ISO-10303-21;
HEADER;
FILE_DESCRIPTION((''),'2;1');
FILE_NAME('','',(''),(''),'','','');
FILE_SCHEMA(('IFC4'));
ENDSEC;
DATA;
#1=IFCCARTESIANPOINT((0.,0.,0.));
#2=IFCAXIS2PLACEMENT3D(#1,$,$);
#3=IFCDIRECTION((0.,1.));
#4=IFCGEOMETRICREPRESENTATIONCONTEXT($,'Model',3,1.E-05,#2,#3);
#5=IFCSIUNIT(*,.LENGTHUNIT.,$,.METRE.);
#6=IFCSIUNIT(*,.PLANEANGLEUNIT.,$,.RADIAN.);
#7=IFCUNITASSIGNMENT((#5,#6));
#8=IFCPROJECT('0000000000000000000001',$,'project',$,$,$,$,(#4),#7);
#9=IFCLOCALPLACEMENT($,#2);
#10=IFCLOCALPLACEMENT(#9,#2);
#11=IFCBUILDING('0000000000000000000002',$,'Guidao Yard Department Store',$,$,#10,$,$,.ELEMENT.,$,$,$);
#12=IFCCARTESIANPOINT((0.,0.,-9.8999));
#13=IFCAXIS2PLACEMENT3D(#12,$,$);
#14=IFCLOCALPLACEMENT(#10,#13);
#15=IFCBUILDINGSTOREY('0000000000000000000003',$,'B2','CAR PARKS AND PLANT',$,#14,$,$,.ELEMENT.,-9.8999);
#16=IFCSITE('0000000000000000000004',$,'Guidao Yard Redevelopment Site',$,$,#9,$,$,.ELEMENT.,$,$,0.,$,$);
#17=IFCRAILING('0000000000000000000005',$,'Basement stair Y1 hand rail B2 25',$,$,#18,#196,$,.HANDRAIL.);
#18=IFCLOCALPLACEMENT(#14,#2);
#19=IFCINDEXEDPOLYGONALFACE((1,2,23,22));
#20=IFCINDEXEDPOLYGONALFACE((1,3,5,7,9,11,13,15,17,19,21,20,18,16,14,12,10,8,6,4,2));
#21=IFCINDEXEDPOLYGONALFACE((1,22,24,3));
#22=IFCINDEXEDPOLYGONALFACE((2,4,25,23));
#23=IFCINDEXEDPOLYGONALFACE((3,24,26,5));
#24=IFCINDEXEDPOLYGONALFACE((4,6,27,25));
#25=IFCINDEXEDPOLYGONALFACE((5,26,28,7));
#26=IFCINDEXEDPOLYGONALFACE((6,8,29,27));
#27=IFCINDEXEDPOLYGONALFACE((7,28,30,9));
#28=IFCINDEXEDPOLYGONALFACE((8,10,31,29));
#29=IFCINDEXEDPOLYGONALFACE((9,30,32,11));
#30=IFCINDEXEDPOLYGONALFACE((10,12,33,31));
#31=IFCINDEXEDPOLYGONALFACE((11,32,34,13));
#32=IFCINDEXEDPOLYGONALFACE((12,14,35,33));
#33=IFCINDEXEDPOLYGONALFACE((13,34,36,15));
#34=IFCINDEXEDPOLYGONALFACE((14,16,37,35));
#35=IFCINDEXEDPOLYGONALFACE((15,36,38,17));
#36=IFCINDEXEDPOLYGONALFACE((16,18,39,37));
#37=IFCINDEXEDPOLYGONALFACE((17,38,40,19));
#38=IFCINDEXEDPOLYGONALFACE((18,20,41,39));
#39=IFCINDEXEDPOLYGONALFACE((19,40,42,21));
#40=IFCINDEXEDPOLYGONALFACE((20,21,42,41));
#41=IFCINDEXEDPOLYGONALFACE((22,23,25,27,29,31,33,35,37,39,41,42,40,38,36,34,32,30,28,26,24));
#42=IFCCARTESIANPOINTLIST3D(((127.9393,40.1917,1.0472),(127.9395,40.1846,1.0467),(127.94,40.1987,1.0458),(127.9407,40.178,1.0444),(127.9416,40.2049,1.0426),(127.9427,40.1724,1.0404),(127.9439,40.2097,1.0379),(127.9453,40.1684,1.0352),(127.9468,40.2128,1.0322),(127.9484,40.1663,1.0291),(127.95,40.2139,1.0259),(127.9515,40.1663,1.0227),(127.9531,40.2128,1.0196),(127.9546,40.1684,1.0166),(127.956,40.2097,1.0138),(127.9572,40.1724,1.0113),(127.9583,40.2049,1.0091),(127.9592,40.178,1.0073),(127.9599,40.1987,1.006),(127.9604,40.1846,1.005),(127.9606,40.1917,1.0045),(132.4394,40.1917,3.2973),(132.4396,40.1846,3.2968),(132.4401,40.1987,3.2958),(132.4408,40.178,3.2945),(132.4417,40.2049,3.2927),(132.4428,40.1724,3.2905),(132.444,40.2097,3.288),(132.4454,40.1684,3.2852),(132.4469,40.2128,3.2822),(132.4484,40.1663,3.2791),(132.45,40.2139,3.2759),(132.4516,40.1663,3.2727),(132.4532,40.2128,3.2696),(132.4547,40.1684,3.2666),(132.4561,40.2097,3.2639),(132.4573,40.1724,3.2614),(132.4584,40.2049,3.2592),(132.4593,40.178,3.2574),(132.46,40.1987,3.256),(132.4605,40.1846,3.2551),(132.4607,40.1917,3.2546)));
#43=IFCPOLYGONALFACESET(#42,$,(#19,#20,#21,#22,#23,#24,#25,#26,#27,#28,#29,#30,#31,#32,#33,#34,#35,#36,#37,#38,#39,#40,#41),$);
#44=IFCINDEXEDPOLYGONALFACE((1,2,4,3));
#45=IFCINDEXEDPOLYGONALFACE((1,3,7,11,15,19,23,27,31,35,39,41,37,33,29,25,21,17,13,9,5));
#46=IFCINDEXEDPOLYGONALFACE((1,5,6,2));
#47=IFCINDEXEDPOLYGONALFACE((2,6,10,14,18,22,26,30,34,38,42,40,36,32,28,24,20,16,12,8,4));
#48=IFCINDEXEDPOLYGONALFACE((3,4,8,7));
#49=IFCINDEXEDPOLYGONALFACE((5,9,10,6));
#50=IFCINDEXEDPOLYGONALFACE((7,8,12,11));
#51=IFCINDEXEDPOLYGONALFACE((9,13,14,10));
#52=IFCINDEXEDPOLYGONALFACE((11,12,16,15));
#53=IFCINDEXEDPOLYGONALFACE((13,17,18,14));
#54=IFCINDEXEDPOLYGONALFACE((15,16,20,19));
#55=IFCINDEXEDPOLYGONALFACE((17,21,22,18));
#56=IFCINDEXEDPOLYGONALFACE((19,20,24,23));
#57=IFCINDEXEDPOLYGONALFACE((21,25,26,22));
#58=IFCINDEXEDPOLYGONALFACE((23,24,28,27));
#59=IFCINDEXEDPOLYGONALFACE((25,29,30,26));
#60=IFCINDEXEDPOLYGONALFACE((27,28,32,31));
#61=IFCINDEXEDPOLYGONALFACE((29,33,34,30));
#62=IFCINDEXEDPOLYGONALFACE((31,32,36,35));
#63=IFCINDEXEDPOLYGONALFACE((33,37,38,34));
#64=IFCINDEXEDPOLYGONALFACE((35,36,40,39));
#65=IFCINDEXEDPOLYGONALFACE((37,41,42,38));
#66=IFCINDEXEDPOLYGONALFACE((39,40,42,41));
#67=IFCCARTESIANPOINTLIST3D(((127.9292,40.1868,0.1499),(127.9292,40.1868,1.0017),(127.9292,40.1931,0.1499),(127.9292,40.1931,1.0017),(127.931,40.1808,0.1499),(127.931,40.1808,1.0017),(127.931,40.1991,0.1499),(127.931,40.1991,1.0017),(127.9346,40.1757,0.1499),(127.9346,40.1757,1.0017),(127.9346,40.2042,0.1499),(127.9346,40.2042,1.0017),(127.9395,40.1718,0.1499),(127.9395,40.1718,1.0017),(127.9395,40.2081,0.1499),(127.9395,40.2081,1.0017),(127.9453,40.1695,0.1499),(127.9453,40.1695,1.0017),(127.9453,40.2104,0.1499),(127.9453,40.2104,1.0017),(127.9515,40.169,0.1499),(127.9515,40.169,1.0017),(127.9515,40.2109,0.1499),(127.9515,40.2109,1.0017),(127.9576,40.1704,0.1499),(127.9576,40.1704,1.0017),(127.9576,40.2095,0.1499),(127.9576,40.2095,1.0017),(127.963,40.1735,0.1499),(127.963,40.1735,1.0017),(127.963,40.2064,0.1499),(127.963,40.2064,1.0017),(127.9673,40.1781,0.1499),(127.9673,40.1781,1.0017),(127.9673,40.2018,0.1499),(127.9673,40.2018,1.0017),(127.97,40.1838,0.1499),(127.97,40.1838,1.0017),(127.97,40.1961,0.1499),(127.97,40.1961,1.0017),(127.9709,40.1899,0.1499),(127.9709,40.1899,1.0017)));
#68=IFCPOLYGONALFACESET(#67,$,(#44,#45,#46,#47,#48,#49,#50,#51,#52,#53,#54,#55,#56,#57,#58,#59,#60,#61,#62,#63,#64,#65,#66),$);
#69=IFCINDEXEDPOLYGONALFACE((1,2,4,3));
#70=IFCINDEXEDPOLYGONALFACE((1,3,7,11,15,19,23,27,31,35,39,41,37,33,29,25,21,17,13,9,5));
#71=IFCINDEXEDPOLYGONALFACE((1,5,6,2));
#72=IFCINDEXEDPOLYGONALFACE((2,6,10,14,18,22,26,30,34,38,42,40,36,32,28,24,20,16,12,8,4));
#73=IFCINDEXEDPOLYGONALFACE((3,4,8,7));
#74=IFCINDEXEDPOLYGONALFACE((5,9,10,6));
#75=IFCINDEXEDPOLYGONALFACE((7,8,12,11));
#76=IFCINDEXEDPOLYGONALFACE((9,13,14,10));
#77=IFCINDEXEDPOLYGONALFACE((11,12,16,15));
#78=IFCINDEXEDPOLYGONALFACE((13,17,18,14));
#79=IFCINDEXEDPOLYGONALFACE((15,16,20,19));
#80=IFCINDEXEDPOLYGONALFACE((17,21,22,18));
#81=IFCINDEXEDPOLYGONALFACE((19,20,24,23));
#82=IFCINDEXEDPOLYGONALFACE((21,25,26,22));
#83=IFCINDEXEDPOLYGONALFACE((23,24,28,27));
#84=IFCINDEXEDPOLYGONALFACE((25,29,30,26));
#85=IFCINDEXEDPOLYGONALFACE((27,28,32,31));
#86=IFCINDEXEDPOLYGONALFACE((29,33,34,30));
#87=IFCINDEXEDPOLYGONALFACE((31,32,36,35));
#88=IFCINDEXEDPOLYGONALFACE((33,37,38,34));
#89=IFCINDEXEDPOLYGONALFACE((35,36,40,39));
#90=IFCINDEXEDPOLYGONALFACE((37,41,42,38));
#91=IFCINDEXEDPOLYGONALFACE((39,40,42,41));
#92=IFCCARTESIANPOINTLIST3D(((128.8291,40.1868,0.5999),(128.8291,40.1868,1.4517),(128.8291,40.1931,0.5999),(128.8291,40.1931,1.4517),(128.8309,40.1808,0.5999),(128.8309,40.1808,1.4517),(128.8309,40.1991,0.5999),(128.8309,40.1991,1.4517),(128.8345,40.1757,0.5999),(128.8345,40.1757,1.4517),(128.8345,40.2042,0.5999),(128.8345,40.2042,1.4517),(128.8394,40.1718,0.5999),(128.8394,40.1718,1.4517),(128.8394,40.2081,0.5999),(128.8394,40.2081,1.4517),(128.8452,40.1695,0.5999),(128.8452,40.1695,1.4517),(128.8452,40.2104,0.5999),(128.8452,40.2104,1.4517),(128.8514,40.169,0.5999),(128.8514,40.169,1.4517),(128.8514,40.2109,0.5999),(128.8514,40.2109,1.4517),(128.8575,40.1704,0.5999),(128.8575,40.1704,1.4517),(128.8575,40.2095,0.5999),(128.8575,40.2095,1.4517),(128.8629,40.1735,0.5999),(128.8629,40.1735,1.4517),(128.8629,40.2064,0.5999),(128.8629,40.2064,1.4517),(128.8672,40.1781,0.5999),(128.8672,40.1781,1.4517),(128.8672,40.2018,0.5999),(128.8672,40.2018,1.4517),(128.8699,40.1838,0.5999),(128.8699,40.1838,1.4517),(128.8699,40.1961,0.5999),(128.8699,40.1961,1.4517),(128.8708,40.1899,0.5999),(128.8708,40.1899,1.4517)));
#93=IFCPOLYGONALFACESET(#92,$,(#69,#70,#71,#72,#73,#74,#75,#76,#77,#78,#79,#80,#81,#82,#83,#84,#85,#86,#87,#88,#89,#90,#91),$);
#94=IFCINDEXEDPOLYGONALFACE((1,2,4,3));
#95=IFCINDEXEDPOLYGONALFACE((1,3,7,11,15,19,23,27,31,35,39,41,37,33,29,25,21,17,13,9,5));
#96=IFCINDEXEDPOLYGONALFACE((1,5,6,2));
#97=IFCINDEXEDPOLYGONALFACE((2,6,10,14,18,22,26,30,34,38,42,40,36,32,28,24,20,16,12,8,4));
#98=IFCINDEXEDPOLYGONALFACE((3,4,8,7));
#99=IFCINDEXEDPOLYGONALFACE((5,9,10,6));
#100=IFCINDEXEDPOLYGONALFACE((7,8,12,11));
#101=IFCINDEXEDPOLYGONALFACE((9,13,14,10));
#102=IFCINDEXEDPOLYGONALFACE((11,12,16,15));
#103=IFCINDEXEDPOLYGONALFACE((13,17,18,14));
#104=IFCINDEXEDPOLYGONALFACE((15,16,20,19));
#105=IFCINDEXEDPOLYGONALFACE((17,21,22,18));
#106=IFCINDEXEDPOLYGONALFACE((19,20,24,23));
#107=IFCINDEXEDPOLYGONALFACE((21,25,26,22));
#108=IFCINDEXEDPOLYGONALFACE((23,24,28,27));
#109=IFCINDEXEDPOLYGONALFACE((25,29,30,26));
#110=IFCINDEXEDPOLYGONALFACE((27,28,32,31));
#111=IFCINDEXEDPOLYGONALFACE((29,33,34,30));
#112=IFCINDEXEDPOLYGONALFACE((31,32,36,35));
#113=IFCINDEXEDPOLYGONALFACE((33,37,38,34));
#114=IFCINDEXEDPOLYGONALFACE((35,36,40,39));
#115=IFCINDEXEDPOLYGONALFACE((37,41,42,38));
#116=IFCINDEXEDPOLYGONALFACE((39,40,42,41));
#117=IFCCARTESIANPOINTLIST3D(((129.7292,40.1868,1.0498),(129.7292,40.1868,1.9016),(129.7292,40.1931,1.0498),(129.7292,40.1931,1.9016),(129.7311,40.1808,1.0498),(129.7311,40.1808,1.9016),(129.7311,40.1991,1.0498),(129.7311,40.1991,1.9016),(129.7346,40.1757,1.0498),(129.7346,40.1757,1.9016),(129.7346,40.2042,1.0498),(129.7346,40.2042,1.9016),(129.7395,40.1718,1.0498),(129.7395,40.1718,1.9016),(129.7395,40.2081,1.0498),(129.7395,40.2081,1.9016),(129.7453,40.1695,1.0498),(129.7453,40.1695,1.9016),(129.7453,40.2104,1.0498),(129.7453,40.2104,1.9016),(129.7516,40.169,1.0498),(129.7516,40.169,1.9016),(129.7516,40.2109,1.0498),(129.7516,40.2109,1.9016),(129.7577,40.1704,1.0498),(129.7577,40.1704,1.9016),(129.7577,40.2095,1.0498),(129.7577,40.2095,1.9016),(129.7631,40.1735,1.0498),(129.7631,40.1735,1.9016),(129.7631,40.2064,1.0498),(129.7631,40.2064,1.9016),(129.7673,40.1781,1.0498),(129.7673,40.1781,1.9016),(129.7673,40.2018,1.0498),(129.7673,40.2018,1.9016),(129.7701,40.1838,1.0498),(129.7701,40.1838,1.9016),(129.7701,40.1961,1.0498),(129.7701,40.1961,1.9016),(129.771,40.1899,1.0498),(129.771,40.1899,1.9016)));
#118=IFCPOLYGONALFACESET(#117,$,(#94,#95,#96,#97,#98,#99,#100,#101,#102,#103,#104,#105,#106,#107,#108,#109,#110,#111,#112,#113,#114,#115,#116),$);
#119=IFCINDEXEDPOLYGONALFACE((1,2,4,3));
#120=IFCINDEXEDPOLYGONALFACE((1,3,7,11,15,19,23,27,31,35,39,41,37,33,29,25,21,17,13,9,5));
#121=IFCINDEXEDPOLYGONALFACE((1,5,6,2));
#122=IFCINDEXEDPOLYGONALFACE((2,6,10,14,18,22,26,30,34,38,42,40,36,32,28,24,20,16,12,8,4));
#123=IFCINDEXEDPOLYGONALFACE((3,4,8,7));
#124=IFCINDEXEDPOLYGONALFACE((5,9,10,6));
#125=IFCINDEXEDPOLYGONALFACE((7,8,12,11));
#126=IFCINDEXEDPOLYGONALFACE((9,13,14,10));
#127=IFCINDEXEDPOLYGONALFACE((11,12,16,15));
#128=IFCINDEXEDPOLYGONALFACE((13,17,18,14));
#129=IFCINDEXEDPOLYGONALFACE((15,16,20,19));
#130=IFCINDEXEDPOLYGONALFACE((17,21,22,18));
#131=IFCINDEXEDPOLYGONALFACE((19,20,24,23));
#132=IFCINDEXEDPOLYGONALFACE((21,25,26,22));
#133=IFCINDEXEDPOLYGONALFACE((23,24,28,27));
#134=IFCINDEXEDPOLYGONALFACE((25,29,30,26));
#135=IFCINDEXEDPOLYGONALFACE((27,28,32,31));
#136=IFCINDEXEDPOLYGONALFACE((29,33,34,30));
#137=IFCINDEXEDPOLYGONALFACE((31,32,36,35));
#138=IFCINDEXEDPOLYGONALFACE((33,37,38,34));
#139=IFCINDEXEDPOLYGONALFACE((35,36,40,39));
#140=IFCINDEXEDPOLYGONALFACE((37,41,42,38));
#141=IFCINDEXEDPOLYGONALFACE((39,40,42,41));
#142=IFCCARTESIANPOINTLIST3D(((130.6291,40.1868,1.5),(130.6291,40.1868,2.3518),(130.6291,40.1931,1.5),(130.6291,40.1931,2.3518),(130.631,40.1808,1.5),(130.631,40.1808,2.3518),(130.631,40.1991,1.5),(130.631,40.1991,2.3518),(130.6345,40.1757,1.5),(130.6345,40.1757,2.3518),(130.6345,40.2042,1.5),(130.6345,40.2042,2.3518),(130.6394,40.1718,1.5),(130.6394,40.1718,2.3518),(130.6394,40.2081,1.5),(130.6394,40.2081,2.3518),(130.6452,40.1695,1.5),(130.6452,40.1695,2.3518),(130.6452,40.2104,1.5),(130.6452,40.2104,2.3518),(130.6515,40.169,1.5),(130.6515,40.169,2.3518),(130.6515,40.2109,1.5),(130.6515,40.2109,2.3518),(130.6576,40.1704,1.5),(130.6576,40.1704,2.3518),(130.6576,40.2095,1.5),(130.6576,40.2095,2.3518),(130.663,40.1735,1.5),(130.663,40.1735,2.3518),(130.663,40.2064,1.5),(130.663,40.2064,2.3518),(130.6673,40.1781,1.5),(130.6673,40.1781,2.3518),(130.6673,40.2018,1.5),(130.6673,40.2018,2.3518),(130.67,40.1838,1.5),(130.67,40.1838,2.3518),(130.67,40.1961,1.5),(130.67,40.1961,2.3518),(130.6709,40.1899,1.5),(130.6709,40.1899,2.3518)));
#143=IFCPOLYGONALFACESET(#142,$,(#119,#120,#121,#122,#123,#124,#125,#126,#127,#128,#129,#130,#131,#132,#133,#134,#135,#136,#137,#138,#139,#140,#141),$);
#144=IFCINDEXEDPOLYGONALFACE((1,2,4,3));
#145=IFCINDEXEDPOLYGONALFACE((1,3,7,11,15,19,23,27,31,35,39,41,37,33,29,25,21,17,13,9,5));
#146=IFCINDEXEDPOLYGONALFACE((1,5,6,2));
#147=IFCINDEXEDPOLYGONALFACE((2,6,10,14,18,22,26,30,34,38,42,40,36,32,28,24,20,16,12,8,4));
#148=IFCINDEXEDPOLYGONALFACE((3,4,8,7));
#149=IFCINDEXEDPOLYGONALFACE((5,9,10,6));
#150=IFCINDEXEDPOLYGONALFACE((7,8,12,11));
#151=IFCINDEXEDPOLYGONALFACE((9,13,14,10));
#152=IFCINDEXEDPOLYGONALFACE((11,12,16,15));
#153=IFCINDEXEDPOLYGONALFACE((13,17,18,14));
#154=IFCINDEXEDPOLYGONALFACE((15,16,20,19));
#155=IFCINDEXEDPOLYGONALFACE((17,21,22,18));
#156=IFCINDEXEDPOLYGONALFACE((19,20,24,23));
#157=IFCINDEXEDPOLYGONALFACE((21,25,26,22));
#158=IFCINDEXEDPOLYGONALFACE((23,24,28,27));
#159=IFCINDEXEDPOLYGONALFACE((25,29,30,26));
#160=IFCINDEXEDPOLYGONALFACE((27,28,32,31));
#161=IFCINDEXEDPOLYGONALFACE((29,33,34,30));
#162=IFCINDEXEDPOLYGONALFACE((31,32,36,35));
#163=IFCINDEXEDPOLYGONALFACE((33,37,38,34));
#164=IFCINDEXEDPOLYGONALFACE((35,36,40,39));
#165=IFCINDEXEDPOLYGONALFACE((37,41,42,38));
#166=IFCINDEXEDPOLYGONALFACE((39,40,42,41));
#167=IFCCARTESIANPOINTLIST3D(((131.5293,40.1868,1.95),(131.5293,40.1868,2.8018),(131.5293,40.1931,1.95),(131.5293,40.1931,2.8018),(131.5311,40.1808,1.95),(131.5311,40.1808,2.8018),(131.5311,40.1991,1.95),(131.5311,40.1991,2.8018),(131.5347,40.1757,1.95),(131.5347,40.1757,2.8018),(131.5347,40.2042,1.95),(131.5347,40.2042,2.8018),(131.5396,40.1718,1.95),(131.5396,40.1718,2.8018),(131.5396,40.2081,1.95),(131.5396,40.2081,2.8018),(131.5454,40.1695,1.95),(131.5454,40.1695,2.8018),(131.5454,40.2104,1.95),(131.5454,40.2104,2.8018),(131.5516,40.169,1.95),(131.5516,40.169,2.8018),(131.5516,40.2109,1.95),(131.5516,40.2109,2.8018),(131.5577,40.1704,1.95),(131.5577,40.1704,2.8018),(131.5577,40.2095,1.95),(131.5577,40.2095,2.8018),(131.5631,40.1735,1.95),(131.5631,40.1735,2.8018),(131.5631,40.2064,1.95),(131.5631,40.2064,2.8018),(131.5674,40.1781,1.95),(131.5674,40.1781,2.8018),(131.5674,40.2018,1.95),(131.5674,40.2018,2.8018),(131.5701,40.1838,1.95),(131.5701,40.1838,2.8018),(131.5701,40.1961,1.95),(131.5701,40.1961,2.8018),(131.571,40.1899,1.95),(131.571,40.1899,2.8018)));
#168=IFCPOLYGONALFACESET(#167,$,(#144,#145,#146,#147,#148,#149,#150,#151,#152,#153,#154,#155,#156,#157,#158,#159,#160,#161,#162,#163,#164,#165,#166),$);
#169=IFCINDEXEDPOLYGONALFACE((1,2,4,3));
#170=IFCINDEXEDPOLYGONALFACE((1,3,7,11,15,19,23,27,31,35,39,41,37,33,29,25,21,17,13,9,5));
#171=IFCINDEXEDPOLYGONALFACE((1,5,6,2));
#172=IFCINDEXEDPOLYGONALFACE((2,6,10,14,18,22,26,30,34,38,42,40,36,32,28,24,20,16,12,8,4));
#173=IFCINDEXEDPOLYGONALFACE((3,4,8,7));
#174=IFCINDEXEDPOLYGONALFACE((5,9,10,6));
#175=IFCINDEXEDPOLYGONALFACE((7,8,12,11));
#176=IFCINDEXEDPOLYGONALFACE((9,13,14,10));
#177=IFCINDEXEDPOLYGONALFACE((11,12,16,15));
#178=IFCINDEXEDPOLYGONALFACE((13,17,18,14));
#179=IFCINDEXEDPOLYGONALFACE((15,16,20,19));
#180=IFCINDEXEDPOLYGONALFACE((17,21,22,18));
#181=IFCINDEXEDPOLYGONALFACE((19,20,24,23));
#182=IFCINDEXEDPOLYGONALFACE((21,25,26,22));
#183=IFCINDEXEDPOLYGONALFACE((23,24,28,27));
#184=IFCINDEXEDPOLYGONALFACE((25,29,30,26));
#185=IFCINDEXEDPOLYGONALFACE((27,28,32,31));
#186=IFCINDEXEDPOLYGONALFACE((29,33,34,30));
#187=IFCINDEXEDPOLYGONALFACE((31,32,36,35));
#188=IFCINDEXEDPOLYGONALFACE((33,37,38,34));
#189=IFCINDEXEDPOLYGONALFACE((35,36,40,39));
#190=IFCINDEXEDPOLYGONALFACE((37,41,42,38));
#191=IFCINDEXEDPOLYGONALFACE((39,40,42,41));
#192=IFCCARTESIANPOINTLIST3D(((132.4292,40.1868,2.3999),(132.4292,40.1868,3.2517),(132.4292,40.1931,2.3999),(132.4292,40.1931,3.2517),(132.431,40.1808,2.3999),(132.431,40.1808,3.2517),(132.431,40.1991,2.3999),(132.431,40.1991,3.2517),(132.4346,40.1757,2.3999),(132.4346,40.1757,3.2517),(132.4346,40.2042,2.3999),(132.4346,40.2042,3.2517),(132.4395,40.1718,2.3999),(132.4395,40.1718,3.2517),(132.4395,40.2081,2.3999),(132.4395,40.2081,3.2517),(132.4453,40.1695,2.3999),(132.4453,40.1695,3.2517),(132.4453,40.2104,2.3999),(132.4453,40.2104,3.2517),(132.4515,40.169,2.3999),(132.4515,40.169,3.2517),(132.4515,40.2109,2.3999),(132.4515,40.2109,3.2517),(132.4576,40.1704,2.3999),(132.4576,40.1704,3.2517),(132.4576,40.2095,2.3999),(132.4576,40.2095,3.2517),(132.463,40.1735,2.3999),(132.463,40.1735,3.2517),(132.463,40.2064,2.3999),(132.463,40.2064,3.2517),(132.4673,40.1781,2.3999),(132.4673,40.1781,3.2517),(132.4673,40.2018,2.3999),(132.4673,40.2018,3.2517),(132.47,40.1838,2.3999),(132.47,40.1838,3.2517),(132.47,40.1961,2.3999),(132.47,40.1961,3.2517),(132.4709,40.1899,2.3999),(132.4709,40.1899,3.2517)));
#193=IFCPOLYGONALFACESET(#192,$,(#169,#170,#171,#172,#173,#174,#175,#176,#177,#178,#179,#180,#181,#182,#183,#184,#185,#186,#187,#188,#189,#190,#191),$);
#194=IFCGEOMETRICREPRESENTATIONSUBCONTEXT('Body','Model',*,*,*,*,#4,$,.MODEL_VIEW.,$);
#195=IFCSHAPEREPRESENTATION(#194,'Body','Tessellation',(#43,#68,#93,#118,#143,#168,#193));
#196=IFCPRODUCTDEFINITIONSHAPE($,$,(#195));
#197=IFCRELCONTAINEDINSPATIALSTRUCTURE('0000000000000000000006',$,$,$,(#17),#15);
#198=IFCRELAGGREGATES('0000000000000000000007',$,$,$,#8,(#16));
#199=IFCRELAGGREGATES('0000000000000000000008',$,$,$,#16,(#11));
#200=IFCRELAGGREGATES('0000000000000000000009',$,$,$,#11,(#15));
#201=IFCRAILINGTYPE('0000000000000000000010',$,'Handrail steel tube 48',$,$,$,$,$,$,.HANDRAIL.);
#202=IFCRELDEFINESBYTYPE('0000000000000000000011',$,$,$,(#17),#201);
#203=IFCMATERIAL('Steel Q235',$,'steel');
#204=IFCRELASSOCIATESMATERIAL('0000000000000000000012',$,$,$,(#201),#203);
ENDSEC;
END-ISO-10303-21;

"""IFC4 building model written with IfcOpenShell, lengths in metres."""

from ifc_helpers import new_model, si_unit, direction, frame, origin, origin_2d, place, context, subcontext, project, spatial, circle, extrude, material, type_object, element, save


model = new_model("IFC4")

# Units and contexts
model_context = context("Model", 3, precision=1e-05, world=origin(), true_north=direction((0.0, 1.0)))
body_context = subcontext(model_context, "Body", "Model", "MODEL_VIEW")
ifc_project = project(units=[si_unit("LENGTHUNIT", "METRE"), si_unit("PLANEANGLEUNIT", "RADIAN")], contexts=[model_context])

# Site, building, storey
site_placement = place(None, origin())
site = spatial("IfcSite", under=ifc_project, at=site_placement, Name="Guidao Yard Redevelopment Site", CompositionType="ELEMENT", RefElevation=0.0)
building_placement = place(site_placement, origin())
building = spatial("IfcBuilding", under=site, at=building_placement, Name="Guidao Yard Department Store", CompositionType="ELEMENT")
storey_placement = place(building_placement, frame((0.0, 0.0, -9.8999)))
storey = spatial("IfcBuildingStorey", under=building, at=storey_placement, Name="B2", Description="CAR PARKS AND PLANT", CompositionType="ELEMENT", Elevation=-9.8999)

# Railing
ifc_material_1 = material(Name="Steel Q235", Category="steel")
railing_type_1 = type_object("IfcRailingType", Name="Handrail steel tube 48", PredefinedType="HANDRAIL", material=ifc_material_1)
for number, where, name in (
    (1, (127.95, 40.1899, 0.1499), "Basement stair Y1 hand rail B2 25"),
):
    element("IfcRailing", number, at=place(storey_placement, frame(where)), inside=storey, type_object=railing_type_1, Name=name, PredefinedType="HANDRAIL", context=body_context, shape_type="SweptSolid", body=[
        extrude(circle(Radius=0.0239, at=origin_2d()), frame((0.0, 0.0, 0.876), z_axis=(0.894427, 0.0, 0.447214), x_axis=(0.0, 1.0, 0.0)), (0.0, 0.0, 1.0), 5.0312),
        extrude(circle(Radius=0.021, at=origin_2d()), origin(), (0.0, 0.0, 1.0), 0.8518),
        extrude(circle(Radius=0.021, at=origin_2d()), frame((0.8999, 0.0, 0.45)), (0.0, 0.0, 1.0), 0.8518),
        extrude(circle(Radius=0.021, at=origin_2d()), frame((1.8, 0.0, 0.8999)), (0.0, 0.0, 1.0), 0.8518),
        extrude(circle(Radius=0.021, at=origin_2d()), frame((2.7, 0.0, 1.3501)), (0.0, 0.0, 1.0), 0.8518),
        extrude(circle(Radius=0.021, at=origin_2d()), frame((3.6001, 0.0, 1.8)), (0.0, 0.0, 1.0), 0.8518),
        extrude(circle(Radius=0.021, at=origin_2d()), frame((4.5, 0.0, 2.25)), (0.0, 0.0, 1.0), 0.8518),
    ])

save(model, "model.ifc")
